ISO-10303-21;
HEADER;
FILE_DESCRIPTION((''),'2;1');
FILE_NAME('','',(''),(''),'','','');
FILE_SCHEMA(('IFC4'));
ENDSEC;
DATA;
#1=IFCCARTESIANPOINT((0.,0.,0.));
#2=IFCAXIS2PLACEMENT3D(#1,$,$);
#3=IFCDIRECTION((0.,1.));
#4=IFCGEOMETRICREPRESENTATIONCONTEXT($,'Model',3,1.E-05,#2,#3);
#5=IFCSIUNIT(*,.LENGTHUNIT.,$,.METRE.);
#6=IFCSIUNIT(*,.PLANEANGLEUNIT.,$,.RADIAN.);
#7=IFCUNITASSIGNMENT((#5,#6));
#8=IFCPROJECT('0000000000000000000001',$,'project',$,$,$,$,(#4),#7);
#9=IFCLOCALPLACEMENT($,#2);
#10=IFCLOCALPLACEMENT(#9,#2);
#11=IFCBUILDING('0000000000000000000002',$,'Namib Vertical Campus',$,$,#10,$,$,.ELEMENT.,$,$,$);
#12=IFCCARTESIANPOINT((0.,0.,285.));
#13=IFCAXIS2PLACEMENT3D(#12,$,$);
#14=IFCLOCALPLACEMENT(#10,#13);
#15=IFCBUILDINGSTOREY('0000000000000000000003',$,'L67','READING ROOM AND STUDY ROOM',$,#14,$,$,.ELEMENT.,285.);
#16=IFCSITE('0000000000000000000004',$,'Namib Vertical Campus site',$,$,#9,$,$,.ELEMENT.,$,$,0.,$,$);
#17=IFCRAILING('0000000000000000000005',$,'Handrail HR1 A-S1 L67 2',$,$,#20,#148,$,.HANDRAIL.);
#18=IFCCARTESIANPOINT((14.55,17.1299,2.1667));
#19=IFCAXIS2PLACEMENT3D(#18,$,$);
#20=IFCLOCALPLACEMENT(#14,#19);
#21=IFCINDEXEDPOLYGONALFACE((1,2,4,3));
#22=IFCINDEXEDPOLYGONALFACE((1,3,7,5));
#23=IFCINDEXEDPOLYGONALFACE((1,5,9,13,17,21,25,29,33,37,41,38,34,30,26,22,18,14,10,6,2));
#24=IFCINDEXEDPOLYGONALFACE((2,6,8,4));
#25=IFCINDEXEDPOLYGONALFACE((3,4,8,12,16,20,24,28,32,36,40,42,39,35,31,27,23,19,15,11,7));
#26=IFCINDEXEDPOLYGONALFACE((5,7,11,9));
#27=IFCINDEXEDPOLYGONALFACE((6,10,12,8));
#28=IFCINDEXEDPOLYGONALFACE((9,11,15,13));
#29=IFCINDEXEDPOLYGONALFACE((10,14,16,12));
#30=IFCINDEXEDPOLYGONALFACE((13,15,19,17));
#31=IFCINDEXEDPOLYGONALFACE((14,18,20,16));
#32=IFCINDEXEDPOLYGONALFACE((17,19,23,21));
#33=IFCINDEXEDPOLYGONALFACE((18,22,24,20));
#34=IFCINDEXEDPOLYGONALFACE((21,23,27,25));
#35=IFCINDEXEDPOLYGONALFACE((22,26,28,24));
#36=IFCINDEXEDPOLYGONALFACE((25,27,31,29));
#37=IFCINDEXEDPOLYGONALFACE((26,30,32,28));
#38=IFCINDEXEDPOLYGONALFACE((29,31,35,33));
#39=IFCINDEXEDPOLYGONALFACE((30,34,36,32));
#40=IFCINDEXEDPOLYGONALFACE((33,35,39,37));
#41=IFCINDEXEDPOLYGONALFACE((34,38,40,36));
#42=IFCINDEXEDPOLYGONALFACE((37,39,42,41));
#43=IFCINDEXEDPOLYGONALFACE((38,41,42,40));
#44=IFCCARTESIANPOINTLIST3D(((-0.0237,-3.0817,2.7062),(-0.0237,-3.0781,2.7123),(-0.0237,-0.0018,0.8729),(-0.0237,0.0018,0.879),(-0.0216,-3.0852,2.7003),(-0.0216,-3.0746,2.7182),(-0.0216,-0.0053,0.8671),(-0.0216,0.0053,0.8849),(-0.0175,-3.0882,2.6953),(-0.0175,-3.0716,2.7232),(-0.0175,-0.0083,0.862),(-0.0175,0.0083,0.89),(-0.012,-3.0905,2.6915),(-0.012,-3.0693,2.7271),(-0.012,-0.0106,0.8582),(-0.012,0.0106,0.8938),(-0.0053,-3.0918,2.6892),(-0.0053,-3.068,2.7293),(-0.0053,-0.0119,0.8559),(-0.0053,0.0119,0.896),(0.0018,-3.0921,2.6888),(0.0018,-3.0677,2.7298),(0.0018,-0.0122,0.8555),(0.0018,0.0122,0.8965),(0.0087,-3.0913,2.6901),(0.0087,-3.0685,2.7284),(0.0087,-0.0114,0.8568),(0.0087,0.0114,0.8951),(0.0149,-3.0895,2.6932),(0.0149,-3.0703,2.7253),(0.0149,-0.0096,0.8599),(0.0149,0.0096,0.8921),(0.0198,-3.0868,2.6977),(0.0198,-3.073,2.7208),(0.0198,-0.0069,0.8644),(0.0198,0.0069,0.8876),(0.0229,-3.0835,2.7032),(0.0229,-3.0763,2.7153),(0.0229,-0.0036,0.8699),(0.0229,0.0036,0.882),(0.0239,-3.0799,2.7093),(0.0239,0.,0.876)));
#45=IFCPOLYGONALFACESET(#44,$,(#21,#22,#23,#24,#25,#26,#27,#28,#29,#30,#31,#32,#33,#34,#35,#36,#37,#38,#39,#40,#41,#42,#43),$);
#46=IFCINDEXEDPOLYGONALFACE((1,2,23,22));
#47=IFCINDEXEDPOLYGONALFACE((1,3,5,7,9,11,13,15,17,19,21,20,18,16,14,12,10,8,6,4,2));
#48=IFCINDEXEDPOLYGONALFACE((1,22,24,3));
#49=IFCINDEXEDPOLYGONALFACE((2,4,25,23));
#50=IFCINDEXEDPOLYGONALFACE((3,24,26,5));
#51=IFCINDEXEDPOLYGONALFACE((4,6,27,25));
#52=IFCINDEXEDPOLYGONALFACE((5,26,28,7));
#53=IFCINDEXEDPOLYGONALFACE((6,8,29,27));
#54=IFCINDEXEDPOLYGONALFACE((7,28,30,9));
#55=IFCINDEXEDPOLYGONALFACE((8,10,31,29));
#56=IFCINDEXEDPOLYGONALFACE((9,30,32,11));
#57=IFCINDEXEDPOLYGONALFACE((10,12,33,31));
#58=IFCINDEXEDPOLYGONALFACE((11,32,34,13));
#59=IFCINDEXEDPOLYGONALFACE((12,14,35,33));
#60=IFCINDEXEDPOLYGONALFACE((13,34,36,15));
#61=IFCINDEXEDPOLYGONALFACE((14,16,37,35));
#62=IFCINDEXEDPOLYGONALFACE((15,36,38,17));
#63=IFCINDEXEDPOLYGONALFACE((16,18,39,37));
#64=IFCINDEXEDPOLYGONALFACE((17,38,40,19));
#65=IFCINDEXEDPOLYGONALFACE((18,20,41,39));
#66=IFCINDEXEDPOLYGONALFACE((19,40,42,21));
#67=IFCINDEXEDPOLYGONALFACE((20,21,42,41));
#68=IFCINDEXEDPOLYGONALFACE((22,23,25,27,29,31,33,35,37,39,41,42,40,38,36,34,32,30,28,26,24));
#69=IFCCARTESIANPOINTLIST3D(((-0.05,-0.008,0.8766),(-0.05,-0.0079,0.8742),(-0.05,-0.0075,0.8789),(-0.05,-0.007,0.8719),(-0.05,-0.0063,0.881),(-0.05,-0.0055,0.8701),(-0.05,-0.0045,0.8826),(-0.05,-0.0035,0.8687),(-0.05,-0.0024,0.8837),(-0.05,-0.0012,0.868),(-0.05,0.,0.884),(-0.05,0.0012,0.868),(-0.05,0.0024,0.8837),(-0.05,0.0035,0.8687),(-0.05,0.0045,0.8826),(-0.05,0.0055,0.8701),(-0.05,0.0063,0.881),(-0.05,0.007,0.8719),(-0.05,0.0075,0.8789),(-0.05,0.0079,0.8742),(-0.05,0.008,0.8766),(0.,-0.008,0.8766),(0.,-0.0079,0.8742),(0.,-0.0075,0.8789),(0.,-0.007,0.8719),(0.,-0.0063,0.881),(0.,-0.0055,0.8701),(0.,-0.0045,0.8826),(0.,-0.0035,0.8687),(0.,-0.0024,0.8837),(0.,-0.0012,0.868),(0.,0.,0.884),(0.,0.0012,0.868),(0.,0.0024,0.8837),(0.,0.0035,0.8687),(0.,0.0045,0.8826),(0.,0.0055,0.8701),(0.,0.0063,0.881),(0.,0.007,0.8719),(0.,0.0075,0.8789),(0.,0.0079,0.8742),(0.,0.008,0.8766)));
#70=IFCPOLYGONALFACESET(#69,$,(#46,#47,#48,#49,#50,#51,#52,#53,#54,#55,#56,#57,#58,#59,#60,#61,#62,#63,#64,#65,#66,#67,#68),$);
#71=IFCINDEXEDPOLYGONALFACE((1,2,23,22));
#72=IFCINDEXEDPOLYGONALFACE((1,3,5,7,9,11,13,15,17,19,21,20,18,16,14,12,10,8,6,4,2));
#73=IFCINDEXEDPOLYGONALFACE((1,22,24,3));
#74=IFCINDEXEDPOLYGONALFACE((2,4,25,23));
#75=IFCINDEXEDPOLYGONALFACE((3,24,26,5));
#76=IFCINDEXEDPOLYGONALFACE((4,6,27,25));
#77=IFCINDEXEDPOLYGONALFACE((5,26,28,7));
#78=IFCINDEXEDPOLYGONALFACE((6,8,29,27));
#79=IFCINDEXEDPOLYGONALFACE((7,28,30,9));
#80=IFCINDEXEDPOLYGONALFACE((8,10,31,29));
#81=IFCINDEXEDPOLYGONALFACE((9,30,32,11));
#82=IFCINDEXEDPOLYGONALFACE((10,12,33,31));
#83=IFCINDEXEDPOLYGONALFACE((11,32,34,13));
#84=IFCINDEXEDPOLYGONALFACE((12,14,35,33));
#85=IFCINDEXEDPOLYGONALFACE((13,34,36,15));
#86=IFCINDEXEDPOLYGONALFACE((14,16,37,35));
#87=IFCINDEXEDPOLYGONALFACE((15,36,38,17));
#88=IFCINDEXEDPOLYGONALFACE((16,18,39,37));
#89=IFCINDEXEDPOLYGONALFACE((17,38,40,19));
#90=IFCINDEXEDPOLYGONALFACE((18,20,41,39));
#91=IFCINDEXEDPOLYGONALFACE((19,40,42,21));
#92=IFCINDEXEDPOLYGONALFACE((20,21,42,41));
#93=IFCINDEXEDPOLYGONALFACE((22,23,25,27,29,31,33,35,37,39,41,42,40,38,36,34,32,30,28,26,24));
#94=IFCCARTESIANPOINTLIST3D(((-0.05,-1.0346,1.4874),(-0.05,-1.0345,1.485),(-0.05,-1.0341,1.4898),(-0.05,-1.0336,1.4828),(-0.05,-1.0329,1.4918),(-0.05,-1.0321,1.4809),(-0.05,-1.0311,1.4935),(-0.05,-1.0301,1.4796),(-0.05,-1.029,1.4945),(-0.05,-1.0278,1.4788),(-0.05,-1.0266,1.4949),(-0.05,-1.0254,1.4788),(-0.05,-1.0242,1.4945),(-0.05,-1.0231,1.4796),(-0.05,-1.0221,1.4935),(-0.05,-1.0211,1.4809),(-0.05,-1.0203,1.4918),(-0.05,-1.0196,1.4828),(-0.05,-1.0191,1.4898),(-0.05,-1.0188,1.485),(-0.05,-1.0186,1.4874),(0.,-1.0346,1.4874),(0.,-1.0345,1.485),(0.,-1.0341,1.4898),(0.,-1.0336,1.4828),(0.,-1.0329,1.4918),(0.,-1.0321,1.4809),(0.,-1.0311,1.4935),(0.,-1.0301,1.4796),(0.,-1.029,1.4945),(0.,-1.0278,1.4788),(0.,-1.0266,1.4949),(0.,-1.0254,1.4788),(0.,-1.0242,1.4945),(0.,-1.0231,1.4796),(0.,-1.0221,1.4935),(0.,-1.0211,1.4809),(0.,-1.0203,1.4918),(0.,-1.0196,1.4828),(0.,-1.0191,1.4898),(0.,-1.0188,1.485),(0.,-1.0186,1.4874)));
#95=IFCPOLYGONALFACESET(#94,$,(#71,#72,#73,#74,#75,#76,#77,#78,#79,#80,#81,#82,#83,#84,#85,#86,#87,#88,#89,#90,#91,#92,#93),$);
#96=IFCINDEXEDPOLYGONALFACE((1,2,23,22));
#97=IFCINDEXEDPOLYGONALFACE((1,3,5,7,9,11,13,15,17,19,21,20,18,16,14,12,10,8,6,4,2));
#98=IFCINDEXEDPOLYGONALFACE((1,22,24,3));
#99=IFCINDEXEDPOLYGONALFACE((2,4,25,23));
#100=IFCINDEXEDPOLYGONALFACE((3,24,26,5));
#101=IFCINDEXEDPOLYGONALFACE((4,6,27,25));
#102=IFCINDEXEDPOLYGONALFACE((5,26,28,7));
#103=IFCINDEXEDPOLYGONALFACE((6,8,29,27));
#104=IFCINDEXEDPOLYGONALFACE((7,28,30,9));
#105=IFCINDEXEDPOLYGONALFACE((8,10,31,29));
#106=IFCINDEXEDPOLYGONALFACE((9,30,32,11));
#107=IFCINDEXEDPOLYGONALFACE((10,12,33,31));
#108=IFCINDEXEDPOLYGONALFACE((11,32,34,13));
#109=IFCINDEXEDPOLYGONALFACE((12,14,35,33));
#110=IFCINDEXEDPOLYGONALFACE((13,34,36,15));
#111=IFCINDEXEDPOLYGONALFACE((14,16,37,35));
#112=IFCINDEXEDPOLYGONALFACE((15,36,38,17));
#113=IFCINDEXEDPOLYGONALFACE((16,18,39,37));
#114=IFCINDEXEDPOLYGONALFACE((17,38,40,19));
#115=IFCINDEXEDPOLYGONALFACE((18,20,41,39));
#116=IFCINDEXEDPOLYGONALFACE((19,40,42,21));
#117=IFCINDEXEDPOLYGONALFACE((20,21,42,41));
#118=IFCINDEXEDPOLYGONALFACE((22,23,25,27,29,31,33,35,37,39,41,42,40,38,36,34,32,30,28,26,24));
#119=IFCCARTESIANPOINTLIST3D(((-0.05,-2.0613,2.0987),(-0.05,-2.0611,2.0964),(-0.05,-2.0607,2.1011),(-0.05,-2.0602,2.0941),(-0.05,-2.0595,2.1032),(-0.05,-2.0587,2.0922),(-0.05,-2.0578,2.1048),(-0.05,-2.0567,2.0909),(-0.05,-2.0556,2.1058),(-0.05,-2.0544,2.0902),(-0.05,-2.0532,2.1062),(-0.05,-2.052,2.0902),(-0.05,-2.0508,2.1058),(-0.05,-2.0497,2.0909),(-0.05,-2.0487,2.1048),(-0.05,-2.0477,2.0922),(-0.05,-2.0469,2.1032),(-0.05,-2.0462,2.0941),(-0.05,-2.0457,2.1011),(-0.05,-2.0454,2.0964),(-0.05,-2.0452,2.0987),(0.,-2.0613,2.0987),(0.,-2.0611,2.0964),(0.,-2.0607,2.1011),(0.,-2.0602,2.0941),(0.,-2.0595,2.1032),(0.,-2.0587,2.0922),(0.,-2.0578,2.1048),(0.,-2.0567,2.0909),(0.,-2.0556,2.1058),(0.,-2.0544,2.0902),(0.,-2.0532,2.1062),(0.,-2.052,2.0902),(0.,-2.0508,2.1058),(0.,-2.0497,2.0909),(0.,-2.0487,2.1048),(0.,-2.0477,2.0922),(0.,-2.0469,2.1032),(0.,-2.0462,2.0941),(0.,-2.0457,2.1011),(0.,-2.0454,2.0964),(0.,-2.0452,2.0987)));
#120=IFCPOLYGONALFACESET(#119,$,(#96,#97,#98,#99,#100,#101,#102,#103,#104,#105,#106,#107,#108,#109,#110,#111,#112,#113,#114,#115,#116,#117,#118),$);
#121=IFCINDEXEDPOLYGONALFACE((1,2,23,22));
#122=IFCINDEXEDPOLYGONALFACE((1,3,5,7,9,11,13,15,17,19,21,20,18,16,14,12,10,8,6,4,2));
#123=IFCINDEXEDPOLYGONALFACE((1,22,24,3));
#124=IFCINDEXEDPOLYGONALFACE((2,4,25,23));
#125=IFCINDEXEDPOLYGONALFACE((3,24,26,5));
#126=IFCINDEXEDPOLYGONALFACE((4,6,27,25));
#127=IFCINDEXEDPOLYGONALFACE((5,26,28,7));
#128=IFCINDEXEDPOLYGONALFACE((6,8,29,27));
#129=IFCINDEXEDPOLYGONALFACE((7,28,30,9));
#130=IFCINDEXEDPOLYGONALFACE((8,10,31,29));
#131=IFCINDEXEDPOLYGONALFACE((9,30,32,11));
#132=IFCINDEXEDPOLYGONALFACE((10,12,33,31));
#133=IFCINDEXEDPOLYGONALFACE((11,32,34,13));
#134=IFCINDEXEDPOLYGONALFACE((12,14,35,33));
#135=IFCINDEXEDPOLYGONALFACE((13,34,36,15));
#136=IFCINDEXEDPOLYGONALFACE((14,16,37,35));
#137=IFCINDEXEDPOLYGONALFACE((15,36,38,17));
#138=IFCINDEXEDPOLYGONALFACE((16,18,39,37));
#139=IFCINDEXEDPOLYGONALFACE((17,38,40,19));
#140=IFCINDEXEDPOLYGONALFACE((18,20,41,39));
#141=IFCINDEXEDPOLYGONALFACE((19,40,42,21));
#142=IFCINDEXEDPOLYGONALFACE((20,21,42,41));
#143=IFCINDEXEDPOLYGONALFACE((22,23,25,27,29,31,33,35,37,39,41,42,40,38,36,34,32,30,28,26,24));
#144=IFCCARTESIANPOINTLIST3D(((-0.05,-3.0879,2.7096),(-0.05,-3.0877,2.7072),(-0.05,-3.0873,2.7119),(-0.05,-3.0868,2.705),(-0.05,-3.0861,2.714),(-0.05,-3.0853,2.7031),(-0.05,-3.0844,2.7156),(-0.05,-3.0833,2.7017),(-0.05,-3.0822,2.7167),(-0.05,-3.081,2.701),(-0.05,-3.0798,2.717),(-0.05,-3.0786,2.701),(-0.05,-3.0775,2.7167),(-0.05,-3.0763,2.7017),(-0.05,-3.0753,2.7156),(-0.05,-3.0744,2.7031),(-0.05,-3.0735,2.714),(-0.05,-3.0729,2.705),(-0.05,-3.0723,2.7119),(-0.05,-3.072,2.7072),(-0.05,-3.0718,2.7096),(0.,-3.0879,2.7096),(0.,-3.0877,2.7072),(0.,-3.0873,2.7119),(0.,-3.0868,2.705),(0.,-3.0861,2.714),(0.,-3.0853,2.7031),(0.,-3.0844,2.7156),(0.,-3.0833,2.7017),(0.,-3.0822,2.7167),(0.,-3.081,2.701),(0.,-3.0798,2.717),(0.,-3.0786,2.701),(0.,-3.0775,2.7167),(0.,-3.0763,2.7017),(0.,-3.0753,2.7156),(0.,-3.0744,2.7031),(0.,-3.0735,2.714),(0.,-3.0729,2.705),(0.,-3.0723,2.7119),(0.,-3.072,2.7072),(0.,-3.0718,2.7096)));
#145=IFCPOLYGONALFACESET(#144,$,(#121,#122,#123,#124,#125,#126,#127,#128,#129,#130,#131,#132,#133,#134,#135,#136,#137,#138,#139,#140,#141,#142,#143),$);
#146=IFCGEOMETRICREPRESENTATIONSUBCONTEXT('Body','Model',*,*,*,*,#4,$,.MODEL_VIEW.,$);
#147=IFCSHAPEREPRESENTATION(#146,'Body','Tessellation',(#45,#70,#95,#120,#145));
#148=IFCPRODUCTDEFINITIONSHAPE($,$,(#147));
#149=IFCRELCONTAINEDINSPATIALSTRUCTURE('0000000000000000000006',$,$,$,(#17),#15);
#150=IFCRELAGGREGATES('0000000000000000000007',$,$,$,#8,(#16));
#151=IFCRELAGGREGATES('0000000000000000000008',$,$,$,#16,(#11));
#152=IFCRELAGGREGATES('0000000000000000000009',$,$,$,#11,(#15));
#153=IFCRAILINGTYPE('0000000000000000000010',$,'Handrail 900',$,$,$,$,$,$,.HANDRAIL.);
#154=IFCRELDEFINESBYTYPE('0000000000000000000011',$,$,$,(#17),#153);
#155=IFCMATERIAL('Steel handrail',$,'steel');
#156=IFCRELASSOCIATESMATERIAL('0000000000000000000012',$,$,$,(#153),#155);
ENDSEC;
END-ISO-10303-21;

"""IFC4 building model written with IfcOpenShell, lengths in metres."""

from ifc_helpers import new_model, si_unit, direction, frame, origin, origin_2d, place, context, subcontext, project, spatial, circle, extrude, material, type_object, element, save


model = new_model("IFC4")

# Units and contexts
model_context = context("Model", 3, precision=1e-05, world=origin(), true_north=direction((0.0, 1.0)))
body_context = subcontext(model_context, "Body", "Model", "MODEL_VIEW")
ifc_project = project(units=[si_unit("LENGTHUNIT", "METRE"), si_unit("PLANEANGLEUNIT", "RADIAN")], contexts=[model_context])

# Site, building, storey
site_placement = place(None, origin())
site = spatial("IfcSite", under=ifc_project, at=site_placement, Name="Namib Vertical Campus site", CompositionType="ELEMENT", RefElevation=0.0)
building_placement = place(site_placement, origin())
building = spatial("IfcBuilding", under=site, at=building_placement, Name="Namib Vertical Campus", CompositionType="ELEMENT")
storey_placement = place(building_placement, frame((0.0, 0.0, 285.0)))
storey = spatial("IfcBuildingStorey", under=building, at=storey_placement, Name="L67", Description="READING ROOM AND STUDY ROOM", CompositionType="ELEMENT", Elevation=285.0)

# Railing
ifc_material_1 = material(Name="Steel handrail", Category="steel")
railing_type = type_object("IfcRailingType", Name="Handrail 900", PredefinedType="HANDRAIL", material=ifc_material_1)
railing_placement = place(storey_placement, frame((14.55, 17.1299, 2.1667)))
element("IfcRailing", 1, at=railing_placement, inside=storey, type_object=railing_type, Name="Handrail HR1 A-S1 L67 2", PredefinedType="HANDRAIL", context=body_context, shape_type="SweptSolid", body=[
    extrude(circle(Radius=0.0239, at=origin_2d()), frame((0.0, 0.0, 0.876), z_axis=(0.0, -0.859291, 0.511487), x_axis=(1.0, 0.0, 0.0)), (0.0, 0.0, 1.0), 3.5842),
    extrude(circle(Radius=0.0081, at=origin_2d()), frame((0.0, 0.0, 0.876), z_axis=(-1.0, 0.0, 0.0), x_axis=(0.0, 0.0, 1.0)), (0.0, 0.0, 1.0), 0.05),
    extrude(circle(Radius=0.0081, at=origin_2d()), frame((0.0, -1.0266, 1.4868), z_axis=(-1.0, 0.0, 0.0), x_axis=(0.0, 0.0, 1.0)), (0.0, 0.0, 1.0), 0.05),
    extrude(circle(Radius=0.0081, at=origin_2d()), frame((0.0, -2.0532, 2.0981), z_axis=(-1.0, 0.0, 0.0), x_axis=(0.0, 0.0, 1.0)), (0.0, 0.0, 1.0), 0.05),
    extrude(circle(Radius=0.0081, at=origin_2d()), frame((0.0, -3.0798, 2.709), z_axis=(-1.0, 0.0, 0.0), x_axis=(0.0, 0.0, 1.0)), (0.0, 0.0, 1.0), 0.05),
])

save(model, "model.ifc")
